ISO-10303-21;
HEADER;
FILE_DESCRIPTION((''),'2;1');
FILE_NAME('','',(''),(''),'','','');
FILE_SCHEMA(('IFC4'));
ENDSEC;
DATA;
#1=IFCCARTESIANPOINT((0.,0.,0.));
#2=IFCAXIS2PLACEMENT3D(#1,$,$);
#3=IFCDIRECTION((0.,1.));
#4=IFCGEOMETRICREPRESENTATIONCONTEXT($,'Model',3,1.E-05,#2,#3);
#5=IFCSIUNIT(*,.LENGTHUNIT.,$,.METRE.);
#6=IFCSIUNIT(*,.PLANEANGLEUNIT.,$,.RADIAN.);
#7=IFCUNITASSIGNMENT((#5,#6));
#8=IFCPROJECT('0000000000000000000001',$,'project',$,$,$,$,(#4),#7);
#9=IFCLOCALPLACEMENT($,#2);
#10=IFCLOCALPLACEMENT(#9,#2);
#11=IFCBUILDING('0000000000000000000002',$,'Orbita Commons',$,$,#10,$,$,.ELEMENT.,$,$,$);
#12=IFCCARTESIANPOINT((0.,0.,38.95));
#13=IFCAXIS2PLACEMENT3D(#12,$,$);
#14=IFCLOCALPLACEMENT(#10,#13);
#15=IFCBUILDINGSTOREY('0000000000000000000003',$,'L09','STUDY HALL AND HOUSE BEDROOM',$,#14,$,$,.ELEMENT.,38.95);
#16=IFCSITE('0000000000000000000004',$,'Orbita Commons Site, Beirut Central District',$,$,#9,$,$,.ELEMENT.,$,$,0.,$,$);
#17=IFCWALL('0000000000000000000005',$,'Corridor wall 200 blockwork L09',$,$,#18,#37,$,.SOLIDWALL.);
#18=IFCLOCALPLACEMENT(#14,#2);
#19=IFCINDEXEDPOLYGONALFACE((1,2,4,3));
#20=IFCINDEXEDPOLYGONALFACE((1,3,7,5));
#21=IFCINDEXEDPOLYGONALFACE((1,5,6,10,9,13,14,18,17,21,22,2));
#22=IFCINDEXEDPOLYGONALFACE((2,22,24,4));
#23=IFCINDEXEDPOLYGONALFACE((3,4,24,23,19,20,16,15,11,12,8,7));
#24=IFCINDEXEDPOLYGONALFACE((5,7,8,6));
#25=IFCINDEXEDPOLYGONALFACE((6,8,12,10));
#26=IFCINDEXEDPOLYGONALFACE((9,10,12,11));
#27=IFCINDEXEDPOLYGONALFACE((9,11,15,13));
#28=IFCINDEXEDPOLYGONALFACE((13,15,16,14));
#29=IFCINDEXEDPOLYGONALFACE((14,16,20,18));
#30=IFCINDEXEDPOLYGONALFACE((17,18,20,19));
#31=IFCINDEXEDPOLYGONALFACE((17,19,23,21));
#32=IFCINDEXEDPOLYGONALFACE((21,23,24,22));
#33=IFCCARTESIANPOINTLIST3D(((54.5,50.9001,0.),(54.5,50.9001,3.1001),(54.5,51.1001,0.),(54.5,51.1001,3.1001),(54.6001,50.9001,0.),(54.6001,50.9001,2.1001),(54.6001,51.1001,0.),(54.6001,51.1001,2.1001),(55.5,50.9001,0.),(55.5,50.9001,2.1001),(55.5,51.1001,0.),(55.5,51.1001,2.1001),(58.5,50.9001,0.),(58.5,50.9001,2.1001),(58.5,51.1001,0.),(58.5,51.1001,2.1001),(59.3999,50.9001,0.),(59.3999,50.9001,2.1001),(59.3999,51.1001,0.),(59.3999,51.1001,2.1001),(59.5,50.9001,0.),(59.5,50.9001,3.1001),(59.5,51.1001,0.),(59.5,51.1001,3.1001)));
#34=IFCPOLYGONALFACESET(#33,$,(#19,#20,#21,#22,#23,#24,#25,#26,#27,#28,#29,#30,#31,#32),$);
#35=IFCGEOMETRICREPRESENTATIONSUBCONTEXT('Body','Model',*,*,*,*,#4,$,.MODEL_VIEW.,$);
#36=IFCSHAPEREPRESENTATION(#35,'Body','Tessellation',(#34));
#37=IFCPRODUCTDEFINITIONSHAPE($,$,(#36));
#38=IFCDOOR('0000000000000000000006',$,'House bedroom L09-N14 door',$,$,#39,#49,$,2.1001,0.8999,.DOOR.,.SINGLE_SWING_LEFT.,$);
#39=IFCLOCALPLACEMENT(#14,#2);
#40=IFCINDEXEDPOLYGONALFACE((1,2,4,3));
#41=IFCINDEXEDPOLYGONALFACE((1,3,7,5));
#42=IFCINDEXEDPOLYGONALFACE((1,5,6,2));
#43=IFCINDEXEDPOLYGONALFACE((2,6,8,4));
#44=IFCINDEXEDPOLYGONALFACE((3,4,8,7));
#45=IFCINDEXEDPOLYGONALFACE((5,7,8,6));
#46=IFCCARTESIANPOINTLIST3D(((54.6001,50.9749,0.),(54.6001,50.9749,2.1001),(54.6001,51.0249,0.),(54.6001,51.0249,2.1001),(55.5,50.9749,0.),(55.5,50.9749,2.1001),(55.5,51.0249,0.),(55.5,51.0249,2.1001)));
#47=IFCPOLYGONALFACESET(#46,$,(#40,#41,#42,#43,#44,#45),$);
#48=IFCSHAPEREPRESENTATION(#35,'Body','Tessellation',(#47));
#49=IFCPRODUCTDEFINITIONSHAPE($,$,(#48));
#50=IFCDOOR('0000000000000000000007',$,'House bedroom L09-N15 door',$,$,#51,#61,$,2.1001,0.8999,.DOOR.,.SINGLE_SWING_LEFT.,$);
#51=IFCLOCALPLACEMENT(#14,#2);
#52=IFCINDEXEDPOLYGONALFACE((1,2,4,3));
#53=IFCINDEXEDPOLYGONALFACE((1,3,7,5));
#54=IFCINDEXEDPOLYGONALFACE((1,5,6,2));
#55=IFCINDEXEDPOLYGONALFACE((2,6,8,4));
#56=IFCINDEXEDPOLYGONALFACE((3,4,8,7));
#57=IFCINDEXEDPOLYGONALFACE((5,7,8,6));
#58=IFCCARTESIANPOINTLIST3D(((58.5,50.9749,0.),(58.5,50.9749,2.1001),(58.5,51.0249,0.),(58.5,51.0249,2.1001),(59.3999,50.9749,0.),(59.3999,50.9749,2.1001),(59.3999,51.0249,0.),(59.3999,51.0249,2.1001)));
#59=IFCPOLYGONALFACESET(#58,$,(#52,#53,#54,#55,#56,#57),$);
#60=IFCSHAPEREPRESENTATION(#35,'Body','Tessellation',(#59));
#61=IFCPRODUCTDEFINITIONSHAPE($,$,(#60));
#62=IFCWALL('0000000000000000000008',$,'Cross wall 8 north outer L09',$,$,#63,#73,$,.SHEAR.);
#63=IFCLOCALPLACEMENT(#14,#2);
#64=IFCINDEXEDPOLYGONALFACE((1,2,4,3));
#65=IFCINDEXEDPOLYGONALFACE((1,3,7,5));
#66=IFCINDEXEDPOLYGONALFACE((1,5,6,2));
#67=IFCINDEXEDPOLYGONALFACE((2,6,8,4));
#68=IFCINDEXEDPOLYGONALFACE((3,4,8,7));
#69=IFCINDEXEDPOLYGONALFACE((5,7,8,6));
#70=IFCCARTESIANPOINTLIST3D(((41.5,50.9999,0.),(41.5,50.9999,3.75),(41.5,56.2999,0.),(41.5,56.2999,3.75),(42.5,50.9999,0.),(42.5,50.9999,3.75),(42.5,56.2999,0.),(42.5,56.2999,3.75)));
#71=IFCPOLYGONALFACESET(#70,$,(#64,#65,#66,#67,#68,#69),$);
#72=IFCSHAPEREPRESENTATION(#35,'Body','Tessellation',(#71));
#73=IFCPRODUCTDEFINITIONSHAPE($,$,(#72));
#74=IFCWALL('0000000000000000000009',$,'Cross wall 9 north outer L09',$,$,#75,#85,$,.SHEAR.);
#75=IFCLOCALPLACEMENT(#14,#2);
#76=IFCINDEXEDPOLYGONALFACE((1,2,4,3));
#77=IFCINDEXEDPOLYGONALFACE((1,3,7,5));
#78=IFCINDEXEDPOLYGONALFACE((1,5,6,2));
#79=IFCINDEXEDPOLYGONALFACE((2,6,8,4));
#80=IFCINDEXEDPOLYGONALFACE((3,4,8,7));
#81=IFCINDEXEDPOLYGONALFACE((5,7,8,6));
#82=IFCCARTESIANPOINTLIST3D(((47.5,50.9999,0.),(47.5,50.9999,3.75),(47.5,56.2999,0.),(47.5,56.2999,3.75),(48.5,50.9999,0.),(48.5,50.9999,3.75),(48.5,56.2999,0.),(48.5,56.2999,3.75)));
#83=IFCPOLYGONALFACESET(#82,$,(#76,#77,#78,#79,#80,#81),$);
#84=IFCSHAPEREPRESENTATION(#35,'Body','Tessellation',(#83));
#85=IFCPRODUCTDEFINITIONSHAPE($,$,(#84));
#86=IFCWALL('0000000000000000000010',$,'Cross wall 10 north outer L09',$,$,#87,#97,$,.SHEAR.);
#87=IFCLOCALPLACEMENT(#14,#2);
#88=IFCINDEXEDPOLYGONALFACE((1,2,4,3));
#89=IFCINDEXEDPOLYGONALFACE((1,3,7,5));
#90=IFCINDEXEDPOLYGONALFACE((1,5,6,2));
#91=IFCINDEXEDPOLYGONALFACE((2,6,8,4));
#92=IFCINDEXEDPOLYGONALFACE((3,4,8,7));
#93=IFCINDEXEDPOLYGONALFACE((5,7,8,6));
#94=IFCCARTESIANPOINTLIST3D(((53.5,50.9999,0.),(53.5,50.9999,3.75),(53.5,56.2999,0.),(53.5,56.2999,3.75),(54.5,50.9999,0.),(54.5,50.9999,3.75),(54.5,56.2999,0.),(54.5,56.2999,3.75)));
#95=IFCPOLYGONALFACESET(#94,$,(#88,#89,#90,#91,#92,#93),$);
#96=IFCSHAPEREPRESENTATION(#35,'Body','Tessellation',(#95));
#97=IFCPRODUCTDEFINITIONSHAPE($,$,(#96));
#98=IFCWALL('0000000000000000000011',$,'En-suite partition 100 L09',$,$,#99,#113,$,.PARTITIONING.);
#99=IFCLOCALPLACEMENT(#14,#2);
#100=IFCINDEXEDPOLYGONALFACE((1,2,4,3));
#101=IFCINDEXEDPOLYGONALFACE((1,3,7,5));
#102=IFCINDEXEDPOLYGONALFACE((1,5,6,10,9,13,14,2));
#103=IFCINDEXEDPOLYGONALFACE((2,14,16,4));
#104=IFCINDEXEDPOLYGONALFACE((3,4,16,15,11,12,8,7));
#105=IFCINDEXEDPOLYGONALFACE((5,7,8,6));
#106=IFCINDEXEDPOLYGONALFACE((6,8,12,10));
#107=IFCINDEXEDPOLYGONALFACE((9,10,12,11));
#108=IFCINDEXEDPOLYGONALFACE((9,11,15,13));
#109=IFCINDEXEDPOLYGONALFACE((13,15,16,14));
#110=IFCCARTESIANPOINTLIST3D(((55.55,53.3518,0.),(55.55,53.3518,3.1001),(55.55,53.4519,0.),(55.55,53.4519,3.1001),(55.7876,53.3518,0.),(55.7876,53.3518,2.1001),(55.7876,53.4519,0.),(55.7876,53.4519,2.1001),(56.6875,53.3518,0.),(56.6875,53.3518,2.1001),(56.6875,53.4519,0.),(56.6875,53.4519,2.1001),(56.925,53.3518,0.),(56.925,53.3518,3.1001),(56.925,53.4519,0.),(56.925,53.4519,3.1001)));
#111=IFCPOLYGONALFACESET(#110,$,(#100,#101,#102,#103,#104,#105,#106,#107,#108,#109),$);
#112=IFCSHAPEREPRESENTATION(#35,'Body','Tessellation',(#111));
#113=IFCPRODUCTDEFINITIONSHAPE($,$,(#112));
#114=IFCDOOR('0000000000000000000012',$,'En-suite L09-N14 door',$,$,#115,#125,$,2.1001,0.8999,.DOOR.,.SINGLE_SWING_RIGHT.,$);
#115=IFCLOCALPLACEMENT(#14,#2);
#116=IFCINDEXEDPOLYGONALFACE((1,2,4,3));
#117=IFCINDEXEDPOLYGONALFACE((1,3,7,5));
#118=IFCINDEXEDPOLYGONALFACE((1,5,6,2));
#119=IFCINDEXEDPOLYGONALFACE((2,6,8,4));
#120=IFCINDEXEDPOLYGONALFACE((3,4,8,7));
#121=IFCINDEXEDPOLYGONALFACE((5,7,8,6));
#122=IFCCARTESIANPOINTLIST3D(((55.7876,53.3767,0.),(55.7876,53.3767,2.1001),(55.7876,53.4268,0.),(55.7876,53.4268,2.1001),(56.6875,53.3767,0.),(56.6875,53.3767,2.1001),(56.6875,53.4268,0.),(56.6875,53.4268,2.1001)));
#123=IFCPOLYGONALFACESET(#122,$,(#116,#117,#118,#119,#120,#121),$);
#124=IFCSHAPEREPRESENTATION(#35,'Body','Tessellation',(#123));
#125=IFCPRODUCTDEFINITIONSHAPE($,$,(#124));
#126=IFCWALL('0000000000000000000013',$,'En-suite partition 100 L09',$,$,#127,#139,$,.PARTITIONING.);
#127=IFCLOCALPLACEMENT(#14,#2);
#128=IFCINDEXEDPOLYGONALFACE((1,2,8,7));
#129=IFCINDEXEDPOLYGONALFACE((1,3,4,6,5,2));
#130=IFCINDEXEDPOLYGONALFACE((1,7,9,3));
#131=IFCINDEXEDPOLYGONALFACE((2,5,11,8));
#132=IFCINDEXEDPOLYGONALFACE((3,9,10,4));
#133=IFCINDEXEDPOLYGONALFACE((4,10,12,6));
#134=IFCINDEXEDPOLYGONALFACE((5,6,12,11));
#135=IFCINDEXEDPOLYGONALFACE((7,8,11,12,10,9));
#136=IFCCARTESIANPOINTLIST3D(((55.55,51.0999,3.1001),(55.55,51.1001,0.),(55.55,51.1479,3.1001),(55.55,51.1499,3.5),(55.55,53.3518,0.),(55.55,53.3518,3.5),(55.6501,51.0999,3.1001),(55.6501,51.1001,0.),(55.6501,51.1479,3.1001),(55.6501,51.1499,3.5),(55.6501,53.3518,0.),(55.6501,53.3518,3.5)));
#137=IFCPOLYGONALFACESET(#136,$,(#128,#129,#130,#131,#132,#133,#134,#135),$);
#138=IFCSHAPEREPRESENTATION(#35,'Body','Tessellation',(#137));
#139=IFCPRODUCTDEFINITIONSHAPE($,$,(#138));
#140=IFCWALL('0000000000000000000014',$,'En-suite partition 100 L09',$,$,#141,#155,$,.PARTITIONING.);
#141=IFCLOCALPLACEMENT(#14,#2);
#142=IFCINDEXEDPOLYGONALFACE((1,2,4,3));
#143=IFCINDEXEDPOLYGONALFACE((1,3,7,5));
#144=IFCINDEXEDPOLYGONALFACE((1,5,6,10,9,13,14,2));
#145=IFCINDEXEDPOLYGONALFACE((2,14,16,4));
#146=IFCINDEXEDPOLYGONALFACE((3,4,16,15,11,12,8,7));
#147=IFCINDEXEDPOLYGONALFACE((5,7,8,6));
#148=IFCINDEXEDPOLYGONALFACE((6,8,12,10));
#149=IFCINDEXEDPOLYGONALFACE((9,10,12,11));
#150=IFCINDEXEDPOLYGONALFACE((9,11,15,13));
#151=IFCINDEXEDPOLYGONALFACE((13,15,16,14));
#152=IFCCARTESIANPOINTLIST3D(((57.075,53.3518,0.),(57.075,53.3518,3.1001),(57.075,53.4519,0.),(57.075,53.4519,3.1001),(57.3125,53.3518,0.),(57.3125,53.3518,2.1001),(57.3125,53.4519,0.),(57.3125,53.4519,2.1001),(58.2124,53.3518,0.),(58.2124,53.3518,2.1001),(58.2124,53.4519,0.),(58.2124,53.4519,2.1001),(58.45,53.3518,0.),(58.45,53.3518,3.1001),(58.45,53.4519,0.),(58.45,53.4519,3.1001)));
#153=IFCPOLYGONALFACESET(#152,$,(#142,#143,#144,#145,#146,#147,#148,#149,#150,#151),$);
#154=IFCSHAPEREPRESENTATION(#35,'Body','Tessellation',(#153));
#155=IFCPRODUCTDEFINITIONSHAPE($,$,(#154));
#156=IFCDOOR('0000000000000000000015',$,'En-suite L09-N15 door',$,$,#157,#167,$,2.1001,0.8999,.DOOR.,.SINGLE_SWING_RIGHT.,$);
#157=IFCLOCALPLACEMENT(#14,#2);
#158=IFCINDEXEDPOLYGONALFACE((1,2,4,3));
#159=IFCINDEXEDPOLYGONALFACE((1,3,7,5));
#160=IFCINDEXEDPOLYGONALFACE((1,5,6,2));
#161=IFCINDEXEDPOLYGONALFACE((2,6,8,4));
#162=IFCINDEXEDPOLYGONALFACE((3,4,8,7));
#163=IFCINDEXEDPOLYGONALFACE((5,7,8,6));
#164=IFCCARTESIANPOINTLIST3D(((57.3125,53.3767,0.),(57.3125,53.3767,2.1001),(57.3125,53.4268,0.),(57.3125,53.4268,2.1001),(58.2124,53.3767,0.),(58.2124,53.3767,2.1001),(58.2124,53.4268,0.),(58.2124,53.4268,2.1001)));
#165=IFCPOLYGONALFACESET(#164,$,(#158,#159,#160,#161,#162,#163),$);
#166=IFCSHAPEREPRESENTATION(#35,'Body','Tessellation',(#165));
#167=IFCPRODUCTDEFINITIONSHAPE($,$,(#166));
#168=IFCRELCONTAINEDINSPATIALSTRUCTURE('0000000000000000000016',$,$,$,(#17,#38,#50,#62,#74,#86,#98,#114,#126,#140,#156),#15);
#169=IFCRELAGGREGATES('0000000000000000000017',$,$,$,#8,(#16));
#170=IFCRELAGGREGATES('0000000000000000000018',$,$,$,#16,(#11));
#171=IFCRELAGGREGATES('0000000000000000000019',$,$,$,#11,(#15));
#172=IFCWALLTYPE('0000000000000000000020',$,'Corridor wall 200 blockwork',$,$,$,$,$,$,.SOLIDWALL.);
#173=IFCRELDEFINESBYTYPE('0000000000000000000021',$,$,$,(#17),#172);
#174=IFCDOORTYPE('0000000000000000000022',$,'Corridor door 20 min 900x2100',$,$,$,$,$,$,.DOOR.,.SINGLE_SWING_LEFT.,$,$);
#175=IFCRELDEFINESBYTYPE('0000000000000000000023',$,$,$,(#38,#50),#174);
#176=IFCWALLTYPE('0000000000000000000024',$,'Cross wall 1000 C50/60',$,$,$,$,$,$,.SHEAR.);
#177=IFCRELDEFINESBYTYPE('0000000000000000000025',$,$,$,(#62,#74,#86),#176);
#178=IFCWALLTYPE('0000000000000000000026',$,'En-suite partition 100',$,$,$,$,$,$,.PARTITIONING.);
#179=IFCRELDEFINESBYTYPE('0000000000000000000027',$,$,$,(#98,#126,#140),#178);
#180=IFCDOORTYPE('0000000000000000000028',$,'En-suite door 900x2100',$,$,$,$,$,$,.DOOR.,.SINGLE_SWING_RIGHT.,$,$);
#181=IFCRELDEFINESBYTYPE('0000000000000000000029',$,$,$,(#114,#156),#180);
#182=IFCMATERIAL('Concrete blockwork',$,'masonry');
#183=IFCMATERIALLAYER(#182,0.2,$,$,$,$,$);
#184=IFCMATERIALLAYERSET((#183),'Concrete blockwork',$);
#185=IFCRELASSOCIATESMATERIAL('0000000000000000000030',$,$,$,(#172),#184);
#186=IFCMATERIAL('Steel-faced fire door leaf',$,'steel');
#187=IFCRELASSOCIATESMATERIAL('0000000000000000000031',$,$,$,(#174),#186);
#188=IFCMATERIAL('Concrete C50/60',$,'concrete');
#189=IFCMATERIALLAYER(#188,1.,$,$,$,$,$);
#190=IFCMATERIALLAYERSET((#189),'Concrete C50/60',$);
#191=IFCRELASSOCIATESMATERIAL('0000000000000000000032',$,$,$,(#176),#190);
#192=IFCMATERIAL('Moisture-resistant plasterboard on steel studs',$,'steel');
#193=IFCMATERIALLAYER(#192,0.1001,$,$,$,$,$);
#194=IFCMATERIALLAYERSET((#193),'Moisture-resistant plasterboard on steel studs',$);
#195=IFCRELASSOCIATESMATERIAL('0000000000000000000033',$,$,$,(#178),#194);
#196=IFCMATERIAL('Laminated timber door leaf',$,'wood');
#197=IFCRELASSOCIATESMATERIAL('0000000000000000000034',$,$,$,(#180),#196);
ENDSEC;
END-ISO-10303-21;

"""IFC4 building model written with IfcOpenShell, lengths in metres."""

from ifc_helpers import new_model, si_unit, direction, frame, frame_2d, origin, place, context, subcontext, project, spatial, polyline, rectangle, outline, extrude, material, layer, layer_set, type_object, element, fill, save


model = new_model("IFC4")

# Units and contexts
model_context = context("Model", 3, precision=1e-05, world=origin(), true_north=direction((0.0, 1.0)))
body_context = subcontext(model_context, "Body", "Model", "MODEL_VIEW")
ifc_project = project(units=[si_unit("LENGTHUNIT", "METRE"), si_unit("PLANEANGLEUNIT", "RADIAN")], contexts=[model_context])

# Site, building, storey
site_placement = place(None, origin())
site = spatial("IfcSite", under=ifc_project, at=site_placement, Name="Orbita Commons Site, Beirut Central District", CompositionType="ELEMENT", RefElevation=0.0)
building_placement = place(site_placement, origin())
building = spatial("IfcBuilding", under=site, at=building_placement, Name="Orbita Commons", CompositionType="ELEMENT")
storey_placement = place(building_placement, frame((0.0, 0.0, 38.95)))
storey = spatial("IfcBuildingStorey", under=building, at=storey_placement, Name="L09", Description="STUDY HALL AND HOUSE BEDROOM", CompositionType="ELEMENT", Elevation=38.95)

# Shared definitions
ifc_material_1 = material(Name="Concrete blockwork", Category="masonry")
ifc_layer_1 = layer(ifc_material_1, 0.2)
ifc_layer_set_1 = layer_set([ifc_layer_1], Name="Concrete blockwork")
wall_type_1 = type_object("IfcWallType", Name="Corridor wall 200 blockwork", PredefinedType="SOLIDWALL", material=ifc_layer_set_1)

# Wall, openings, doors
wall_1_placement = place(storey_placement, frame((54.5, 51.0, 0.0), z_axis=(0.0, 0.0, 1.0), x_axis=(1.0, 0.0, 0.0)))
wall_1 = element("IfcWall", 1, at=wall_1_placement, inside=storey, type_object=wall_type_1, Name="Corridor wall 200 blockwork L09", PredefinedType="SOLIDWALL", context=body_context, shape_type="SweptSolid", body=[
    extrude(outline(polyline([(0.0, 0.0), (5.0, 0.0), (5.0, 3.1001), (0.0, 3.1001), (0.0, 0.0)])), frame((0.0, 0.1001, 0.0), z_axis=(0.0, -1.0, 0.0), x_axis=(1.0, 0.0, 0.0)), (0.0, 0.0, 1.0), 0.2),
])
opening_1_placement = place(wall_1_placement, frame((0.1001, 0.0, 0.0)))
opening_1 = element("IfcOpeningElement", 2, at=opening_1_placement, cuts=wall_1, PredefinedType="OPENING", context=body_context, shape_type="SweptSolid", body=[
    extrude(rectangle(XDim=0.8999, YDim=2.1001, at=frame_2d((0.45, 1.05))), frame((0.0, 0.1099, 0.0), z_axis=(0.0, -1.0, 0.0), x_axis=(1.0, 0.0, 0.0)), (0.0, 0.0, 1.0), 0.22),
])
opening_2_placement = place(wall_1_placement, frame((4.0, 0.0, 0.0)))
opening_2 = element("IfcOpeningElement", 3, at=opening_2_placement, cuts=wall_1, PredefinedType="OPENING", context=body_context, shape_type="SweptSolid", body=[
    extrude(rectangle(XDim=0.8999, YDim=2.1001, at=frame_2d((0.45, 1.05))), frame((0.0, 0.1099, 0.0), z_axis=(0.0, -1.0, 0.0), x_axis=(1.0, 0.0, 0.0)), (0.0, 0.0, 1.0), 0.22),
])
ifc_material_2 = material(Name="Steel-faced fire door leaf", Category="steel")
door_type_1 = type_object("IfcDoorType", Name="Corridor door 20 min 900x2100", OperationType="SINGLE_SWING_LEFT", PredefinedType="DOOR", material=ifc_material_2)
door_1_placement = place(opening_1_placement, origin())
door_1 = element("IfcDoor", 4, at=door_1_placement, inside=storey, type_object=door_type_1, Name="House bedroom L09-N14 door", OperationType="SINGLE_SWING_LEFT", OverallHeight=2.1001, OverallWidth=0.8999, PredefinedType="DOOR", context=body_context, shape_type="SweptSolid", body=[
    extrude(rectangle(XDim=0.8999, YDim=2.1001, at=frame_2d((0.45, 1.05))), frame((0.0, 0.0249, 0.0), z_axis=(0.0, -1.0, 0.0), x_axis=(1.0, 0.0, 0.0)), (0.0, 0.0, 1.0), 0.05),
])
fill(opening_1, door_1)
door_2_placement = place(opening_2_placement, origin())
door_2 = element("IfcDoor", 5, at=door_2_placement, inside=storey, type_object=door_type_1, Name="House bedroom L09-N15 door", OperationType="SINGLE_SWING_LEFT", OverallHeight=2.1001, OverallWidth=0.8999, PredefinedType="DOOR", context=body_context, shape_type="SweptSolid", body=[
    extrude(rectangle(XDim=0.8999, YDim=2.1001, at=frame_2d((0.45, 1.05))), frame((0.0, 0.0249, 0.0), z_axis=(0.0, -1.0, 0.0), x_axis=(1.0, 0.0, 0.0)), (0.0, 0.0, 1.0), 0.05),
])
fill(opening_2, door_2)

# Walls
ifc_material_3 = material(Name="Concrete C50/60", Category="concrete")
ifc_layer_2 = layer(ifc_material_3, 1.0)
ifc_layer_set_2 = layer_set([ifc_layer_2], Name="Concrete C50/60")
wall_type_2 = type_object("IfcWallType", Name="Cross wall 1000 C50/60", PredefinedType="SHEAR", material=ifc_layer_set_2)
for number, where, z_axis, x_axis, name in (
    (6, (42.0, 51.0, 0.0), (0.0, 0.0, 1.0), (0.0, 1.0, 0.0), "Cross wall 8 north outer L09"),
    (7, (48.0, 51.0, 0.0), (0.0, 0.0, 1.0), (0.0, 1.0, 0.0), "Cross wall 9 north outer L09"),
    (8, (54.0, 51.0, 0.0), (0.0, 0.0, 1.0), (0.0, 1.0, 0.0), "Cross wall 10 north outer L09"),
):
    element("IfcWall", number, at=place(storey_placement, frame(where, z_axis=z_axis, x_axis=x_axis)), inside=storey, type_object=wall_type_2, Name=name, PredefinedType="SHEAR", context=body_context, shape_type="SweptSolid", body=[
        extrude(rectangle(XDim=5.3, YDim=1.0, at=frame_2d((2.6499, 0.0))), origin(), (0.0, 0.0, 1.0), 3.75),
    ])

# Wall, opening, door
ifc_material_4 = material(Name="Moisture-resistant plasterboard on steel studs", Category="steel")
ifc_layer_3 = layer(ifc_material_4, 0.1001)
ifc_layer_set_3 = layer_set([ifc_layer_3], Name="Moisture-resistant plasterboard on steel studs")
wall_type_3 = type_object("IfcWallType", Name="En-suite partition 100", PredefinedType="PARTITIONING", material=ifc_layer_set_3)
wall_2_placement = place(storey_placement, frame((55.55, 53.4019, 0.0), z_axis=(0.0, 0.0, 1.0), x_axis=(1.0, 0.0, 0.0)))
wall_2 = element("IfcWall", 9, at=wall_2_placement, inside=storey, type_object=wall_type_3, Name="En-suite partition 100 L09", PredefinedType="PARTITIONING", context=body_context, shape_type="SweptSolid", body=[
    extrude(outline(polyline([(0.0, 0.0), (1.375, 0.0), (1.375, 3.1001), (0.0, 3.1001), (0.0, 0.0)])), frame((0.0, 0.05, 0.0), z_axis=(0.0, -1.0, 0.0), x_axis=(1.0, 0.0, 0.0)), (0.0, 0.0, 1.0), 0.1001),
])
opening_3_placement = place(wall_2_placement, frame((0.2375, 0.0, 0.0)))
opening_3 = element("IfcOpeningElement", 10, at=opening_3_placement, cuts=wall_2, PredefinedType="OPENING", context=body_context, shape_type="SweptSolid", body=[
    extrude(rectangle(XDim=0.8999, YDim=2.1001, at=frame_2d((0.45, 1.05))), frame((0.0, 0.0601, 0.0), z_axis=(0.0, -1.0, 0.0), x_axis=(1.0, 0.0, 0.0)), (0.0, 0.0, 1.0), 0.1201),
])
ifc_material_5 = material(Name="Laminated timber door leaf", Category="wood")
door_type_2 = type_object("IfcDoorType", Name="En-suite door 900x2100", OperationType="SINGLE_SWING_RIGHT", PredefinedType="DOOR", material=ifc_material_5)
door_3_placement = place(opening_3_placement, origin())
door_3 = element("IfcDoor", 11, at=door_3_placement, inside=storey, type_object=door_type_2, Name="En-suite L09-N14 door", OperationType="SINGLE_SWING_RIGHT", OverallHeight=2.1001, OverallWidth=0.8999, PredefinedType="DOOR", context=body_context, shape_type="SweptSolid", body=[
    extrude(rectangle(XDim=0.8999, YDim=2.1001, at=frame_2d((0.45, 1.05))), frame((0.0, 0.0249, 0.0), z_axis=(0.0, -1.0, 0.0), x_axis=(1.0, 0.0, 0.0)), (0.0, 0.0, 1.0), 0.05),
])
fill(opening_3, door_3)

# Wall
wall_3_placement = place(storey_placement, frame((55.6001, 53.3518, 0.0), z_axis=(0.0, 0.0, 1.0), x_axis=(0.0, -1.0, 0.0)))
element("IfcWall", 12, at=wall_3_placement, inside=storey, type_object=wall_type_3, Name="En-suite partition 100 L09", PredefinedType="PARTITIONING", context=body_context, shape_type="SweptSolid", body=[
    extrude(outline(polyline([(0.0, 0.0), (2.2517, 0.0), (2.252, 3.1001), (2.2039, 3.1001), (2.2019, 3.5), (0.0, 3.5), (0.0, 0.0)])), frame((0.0, 0.05, 0.0), z_axis=(0.0, -1.0, 0.0), x_axis=(1.0, 0.0, 0.0)), (0.0, 0.0, 1.0), 0.1001),
])

# Wall, opening, door
wall_4_placement = place(storey_placement, frame((57.075, 53.4019, 0.0), z_axis=(0.0, 0.0, 1.0), x_axis=(1.0, 0.0, 0.0)))
wall_4 = element("IfcWall", 13, at=wall_4_placement, inside=storey, type_object=wall_type_3, Name="En-suite partition 100 L09", PredefinedType="PARTITIONING", context=body_context, shape_type="SweptSolid", body=[
    extrude(outline(polyline([(0.0, 0.0), (1.375, 0.0), (1.375, 3.1001), (0.0, 3.1001), (0.0, 0.0)])), frame((0.0, 0.05, 0.0), z_axis=(0.0, -1.0, 0.0), x_axis=(1.0, 0.0, 0.0)), (0.0, 0.0, 1.0), 0.1001),
])
opening_4_placement = place(wall_4_placement, frame((0.2375, 0.0, 0.0)))
opening_4 = element("IfcOpeningElement", 14, at=opening_4_placement, cuts=wall_4, PredefinedType="OPENING", context=body_context, shape_type="SweptSolid", body=[
    extrude(rectangle(XDim=0.8999, YDim=2.1001, at=frame_2d((0.45, 1.05))), frame((0.0, 0.0601, 0.0), z_axis=(0.0, -1.0, 0.0), x_axis=(1.0, 0.0, 0.0)), (0.0, 0.0, 1.0), 0.1201),
])
door_4_placement = place(opening_4_placement, origin())
door_4 = element("IfcDoor", 15, at=door_4_placement, inside=storey, type_object=door_type_2, Name="En-suite L09-N15 door", OperationType="SINGLE_SWING_RIGHT", OverallHeight=2.1001, OverallWidth=0.8999, PredefinedType="DOOR", context=body_context, shape_type="SweptSolid", body=[
    extrude(rectangle(XDim=0.8999, YDim=2.1001, at=frame_2d((0.45, 1.05))), frame((0.0, 0.0249, 0.0), z_axis=(0.0, -1.0, 0.0), x_axis=(1.0, 0.0, 0.0)), (0.0, 0.0, 1.0), 0.05),
])
fill(opening_4, door_4)

save(model, "model.ifc")
